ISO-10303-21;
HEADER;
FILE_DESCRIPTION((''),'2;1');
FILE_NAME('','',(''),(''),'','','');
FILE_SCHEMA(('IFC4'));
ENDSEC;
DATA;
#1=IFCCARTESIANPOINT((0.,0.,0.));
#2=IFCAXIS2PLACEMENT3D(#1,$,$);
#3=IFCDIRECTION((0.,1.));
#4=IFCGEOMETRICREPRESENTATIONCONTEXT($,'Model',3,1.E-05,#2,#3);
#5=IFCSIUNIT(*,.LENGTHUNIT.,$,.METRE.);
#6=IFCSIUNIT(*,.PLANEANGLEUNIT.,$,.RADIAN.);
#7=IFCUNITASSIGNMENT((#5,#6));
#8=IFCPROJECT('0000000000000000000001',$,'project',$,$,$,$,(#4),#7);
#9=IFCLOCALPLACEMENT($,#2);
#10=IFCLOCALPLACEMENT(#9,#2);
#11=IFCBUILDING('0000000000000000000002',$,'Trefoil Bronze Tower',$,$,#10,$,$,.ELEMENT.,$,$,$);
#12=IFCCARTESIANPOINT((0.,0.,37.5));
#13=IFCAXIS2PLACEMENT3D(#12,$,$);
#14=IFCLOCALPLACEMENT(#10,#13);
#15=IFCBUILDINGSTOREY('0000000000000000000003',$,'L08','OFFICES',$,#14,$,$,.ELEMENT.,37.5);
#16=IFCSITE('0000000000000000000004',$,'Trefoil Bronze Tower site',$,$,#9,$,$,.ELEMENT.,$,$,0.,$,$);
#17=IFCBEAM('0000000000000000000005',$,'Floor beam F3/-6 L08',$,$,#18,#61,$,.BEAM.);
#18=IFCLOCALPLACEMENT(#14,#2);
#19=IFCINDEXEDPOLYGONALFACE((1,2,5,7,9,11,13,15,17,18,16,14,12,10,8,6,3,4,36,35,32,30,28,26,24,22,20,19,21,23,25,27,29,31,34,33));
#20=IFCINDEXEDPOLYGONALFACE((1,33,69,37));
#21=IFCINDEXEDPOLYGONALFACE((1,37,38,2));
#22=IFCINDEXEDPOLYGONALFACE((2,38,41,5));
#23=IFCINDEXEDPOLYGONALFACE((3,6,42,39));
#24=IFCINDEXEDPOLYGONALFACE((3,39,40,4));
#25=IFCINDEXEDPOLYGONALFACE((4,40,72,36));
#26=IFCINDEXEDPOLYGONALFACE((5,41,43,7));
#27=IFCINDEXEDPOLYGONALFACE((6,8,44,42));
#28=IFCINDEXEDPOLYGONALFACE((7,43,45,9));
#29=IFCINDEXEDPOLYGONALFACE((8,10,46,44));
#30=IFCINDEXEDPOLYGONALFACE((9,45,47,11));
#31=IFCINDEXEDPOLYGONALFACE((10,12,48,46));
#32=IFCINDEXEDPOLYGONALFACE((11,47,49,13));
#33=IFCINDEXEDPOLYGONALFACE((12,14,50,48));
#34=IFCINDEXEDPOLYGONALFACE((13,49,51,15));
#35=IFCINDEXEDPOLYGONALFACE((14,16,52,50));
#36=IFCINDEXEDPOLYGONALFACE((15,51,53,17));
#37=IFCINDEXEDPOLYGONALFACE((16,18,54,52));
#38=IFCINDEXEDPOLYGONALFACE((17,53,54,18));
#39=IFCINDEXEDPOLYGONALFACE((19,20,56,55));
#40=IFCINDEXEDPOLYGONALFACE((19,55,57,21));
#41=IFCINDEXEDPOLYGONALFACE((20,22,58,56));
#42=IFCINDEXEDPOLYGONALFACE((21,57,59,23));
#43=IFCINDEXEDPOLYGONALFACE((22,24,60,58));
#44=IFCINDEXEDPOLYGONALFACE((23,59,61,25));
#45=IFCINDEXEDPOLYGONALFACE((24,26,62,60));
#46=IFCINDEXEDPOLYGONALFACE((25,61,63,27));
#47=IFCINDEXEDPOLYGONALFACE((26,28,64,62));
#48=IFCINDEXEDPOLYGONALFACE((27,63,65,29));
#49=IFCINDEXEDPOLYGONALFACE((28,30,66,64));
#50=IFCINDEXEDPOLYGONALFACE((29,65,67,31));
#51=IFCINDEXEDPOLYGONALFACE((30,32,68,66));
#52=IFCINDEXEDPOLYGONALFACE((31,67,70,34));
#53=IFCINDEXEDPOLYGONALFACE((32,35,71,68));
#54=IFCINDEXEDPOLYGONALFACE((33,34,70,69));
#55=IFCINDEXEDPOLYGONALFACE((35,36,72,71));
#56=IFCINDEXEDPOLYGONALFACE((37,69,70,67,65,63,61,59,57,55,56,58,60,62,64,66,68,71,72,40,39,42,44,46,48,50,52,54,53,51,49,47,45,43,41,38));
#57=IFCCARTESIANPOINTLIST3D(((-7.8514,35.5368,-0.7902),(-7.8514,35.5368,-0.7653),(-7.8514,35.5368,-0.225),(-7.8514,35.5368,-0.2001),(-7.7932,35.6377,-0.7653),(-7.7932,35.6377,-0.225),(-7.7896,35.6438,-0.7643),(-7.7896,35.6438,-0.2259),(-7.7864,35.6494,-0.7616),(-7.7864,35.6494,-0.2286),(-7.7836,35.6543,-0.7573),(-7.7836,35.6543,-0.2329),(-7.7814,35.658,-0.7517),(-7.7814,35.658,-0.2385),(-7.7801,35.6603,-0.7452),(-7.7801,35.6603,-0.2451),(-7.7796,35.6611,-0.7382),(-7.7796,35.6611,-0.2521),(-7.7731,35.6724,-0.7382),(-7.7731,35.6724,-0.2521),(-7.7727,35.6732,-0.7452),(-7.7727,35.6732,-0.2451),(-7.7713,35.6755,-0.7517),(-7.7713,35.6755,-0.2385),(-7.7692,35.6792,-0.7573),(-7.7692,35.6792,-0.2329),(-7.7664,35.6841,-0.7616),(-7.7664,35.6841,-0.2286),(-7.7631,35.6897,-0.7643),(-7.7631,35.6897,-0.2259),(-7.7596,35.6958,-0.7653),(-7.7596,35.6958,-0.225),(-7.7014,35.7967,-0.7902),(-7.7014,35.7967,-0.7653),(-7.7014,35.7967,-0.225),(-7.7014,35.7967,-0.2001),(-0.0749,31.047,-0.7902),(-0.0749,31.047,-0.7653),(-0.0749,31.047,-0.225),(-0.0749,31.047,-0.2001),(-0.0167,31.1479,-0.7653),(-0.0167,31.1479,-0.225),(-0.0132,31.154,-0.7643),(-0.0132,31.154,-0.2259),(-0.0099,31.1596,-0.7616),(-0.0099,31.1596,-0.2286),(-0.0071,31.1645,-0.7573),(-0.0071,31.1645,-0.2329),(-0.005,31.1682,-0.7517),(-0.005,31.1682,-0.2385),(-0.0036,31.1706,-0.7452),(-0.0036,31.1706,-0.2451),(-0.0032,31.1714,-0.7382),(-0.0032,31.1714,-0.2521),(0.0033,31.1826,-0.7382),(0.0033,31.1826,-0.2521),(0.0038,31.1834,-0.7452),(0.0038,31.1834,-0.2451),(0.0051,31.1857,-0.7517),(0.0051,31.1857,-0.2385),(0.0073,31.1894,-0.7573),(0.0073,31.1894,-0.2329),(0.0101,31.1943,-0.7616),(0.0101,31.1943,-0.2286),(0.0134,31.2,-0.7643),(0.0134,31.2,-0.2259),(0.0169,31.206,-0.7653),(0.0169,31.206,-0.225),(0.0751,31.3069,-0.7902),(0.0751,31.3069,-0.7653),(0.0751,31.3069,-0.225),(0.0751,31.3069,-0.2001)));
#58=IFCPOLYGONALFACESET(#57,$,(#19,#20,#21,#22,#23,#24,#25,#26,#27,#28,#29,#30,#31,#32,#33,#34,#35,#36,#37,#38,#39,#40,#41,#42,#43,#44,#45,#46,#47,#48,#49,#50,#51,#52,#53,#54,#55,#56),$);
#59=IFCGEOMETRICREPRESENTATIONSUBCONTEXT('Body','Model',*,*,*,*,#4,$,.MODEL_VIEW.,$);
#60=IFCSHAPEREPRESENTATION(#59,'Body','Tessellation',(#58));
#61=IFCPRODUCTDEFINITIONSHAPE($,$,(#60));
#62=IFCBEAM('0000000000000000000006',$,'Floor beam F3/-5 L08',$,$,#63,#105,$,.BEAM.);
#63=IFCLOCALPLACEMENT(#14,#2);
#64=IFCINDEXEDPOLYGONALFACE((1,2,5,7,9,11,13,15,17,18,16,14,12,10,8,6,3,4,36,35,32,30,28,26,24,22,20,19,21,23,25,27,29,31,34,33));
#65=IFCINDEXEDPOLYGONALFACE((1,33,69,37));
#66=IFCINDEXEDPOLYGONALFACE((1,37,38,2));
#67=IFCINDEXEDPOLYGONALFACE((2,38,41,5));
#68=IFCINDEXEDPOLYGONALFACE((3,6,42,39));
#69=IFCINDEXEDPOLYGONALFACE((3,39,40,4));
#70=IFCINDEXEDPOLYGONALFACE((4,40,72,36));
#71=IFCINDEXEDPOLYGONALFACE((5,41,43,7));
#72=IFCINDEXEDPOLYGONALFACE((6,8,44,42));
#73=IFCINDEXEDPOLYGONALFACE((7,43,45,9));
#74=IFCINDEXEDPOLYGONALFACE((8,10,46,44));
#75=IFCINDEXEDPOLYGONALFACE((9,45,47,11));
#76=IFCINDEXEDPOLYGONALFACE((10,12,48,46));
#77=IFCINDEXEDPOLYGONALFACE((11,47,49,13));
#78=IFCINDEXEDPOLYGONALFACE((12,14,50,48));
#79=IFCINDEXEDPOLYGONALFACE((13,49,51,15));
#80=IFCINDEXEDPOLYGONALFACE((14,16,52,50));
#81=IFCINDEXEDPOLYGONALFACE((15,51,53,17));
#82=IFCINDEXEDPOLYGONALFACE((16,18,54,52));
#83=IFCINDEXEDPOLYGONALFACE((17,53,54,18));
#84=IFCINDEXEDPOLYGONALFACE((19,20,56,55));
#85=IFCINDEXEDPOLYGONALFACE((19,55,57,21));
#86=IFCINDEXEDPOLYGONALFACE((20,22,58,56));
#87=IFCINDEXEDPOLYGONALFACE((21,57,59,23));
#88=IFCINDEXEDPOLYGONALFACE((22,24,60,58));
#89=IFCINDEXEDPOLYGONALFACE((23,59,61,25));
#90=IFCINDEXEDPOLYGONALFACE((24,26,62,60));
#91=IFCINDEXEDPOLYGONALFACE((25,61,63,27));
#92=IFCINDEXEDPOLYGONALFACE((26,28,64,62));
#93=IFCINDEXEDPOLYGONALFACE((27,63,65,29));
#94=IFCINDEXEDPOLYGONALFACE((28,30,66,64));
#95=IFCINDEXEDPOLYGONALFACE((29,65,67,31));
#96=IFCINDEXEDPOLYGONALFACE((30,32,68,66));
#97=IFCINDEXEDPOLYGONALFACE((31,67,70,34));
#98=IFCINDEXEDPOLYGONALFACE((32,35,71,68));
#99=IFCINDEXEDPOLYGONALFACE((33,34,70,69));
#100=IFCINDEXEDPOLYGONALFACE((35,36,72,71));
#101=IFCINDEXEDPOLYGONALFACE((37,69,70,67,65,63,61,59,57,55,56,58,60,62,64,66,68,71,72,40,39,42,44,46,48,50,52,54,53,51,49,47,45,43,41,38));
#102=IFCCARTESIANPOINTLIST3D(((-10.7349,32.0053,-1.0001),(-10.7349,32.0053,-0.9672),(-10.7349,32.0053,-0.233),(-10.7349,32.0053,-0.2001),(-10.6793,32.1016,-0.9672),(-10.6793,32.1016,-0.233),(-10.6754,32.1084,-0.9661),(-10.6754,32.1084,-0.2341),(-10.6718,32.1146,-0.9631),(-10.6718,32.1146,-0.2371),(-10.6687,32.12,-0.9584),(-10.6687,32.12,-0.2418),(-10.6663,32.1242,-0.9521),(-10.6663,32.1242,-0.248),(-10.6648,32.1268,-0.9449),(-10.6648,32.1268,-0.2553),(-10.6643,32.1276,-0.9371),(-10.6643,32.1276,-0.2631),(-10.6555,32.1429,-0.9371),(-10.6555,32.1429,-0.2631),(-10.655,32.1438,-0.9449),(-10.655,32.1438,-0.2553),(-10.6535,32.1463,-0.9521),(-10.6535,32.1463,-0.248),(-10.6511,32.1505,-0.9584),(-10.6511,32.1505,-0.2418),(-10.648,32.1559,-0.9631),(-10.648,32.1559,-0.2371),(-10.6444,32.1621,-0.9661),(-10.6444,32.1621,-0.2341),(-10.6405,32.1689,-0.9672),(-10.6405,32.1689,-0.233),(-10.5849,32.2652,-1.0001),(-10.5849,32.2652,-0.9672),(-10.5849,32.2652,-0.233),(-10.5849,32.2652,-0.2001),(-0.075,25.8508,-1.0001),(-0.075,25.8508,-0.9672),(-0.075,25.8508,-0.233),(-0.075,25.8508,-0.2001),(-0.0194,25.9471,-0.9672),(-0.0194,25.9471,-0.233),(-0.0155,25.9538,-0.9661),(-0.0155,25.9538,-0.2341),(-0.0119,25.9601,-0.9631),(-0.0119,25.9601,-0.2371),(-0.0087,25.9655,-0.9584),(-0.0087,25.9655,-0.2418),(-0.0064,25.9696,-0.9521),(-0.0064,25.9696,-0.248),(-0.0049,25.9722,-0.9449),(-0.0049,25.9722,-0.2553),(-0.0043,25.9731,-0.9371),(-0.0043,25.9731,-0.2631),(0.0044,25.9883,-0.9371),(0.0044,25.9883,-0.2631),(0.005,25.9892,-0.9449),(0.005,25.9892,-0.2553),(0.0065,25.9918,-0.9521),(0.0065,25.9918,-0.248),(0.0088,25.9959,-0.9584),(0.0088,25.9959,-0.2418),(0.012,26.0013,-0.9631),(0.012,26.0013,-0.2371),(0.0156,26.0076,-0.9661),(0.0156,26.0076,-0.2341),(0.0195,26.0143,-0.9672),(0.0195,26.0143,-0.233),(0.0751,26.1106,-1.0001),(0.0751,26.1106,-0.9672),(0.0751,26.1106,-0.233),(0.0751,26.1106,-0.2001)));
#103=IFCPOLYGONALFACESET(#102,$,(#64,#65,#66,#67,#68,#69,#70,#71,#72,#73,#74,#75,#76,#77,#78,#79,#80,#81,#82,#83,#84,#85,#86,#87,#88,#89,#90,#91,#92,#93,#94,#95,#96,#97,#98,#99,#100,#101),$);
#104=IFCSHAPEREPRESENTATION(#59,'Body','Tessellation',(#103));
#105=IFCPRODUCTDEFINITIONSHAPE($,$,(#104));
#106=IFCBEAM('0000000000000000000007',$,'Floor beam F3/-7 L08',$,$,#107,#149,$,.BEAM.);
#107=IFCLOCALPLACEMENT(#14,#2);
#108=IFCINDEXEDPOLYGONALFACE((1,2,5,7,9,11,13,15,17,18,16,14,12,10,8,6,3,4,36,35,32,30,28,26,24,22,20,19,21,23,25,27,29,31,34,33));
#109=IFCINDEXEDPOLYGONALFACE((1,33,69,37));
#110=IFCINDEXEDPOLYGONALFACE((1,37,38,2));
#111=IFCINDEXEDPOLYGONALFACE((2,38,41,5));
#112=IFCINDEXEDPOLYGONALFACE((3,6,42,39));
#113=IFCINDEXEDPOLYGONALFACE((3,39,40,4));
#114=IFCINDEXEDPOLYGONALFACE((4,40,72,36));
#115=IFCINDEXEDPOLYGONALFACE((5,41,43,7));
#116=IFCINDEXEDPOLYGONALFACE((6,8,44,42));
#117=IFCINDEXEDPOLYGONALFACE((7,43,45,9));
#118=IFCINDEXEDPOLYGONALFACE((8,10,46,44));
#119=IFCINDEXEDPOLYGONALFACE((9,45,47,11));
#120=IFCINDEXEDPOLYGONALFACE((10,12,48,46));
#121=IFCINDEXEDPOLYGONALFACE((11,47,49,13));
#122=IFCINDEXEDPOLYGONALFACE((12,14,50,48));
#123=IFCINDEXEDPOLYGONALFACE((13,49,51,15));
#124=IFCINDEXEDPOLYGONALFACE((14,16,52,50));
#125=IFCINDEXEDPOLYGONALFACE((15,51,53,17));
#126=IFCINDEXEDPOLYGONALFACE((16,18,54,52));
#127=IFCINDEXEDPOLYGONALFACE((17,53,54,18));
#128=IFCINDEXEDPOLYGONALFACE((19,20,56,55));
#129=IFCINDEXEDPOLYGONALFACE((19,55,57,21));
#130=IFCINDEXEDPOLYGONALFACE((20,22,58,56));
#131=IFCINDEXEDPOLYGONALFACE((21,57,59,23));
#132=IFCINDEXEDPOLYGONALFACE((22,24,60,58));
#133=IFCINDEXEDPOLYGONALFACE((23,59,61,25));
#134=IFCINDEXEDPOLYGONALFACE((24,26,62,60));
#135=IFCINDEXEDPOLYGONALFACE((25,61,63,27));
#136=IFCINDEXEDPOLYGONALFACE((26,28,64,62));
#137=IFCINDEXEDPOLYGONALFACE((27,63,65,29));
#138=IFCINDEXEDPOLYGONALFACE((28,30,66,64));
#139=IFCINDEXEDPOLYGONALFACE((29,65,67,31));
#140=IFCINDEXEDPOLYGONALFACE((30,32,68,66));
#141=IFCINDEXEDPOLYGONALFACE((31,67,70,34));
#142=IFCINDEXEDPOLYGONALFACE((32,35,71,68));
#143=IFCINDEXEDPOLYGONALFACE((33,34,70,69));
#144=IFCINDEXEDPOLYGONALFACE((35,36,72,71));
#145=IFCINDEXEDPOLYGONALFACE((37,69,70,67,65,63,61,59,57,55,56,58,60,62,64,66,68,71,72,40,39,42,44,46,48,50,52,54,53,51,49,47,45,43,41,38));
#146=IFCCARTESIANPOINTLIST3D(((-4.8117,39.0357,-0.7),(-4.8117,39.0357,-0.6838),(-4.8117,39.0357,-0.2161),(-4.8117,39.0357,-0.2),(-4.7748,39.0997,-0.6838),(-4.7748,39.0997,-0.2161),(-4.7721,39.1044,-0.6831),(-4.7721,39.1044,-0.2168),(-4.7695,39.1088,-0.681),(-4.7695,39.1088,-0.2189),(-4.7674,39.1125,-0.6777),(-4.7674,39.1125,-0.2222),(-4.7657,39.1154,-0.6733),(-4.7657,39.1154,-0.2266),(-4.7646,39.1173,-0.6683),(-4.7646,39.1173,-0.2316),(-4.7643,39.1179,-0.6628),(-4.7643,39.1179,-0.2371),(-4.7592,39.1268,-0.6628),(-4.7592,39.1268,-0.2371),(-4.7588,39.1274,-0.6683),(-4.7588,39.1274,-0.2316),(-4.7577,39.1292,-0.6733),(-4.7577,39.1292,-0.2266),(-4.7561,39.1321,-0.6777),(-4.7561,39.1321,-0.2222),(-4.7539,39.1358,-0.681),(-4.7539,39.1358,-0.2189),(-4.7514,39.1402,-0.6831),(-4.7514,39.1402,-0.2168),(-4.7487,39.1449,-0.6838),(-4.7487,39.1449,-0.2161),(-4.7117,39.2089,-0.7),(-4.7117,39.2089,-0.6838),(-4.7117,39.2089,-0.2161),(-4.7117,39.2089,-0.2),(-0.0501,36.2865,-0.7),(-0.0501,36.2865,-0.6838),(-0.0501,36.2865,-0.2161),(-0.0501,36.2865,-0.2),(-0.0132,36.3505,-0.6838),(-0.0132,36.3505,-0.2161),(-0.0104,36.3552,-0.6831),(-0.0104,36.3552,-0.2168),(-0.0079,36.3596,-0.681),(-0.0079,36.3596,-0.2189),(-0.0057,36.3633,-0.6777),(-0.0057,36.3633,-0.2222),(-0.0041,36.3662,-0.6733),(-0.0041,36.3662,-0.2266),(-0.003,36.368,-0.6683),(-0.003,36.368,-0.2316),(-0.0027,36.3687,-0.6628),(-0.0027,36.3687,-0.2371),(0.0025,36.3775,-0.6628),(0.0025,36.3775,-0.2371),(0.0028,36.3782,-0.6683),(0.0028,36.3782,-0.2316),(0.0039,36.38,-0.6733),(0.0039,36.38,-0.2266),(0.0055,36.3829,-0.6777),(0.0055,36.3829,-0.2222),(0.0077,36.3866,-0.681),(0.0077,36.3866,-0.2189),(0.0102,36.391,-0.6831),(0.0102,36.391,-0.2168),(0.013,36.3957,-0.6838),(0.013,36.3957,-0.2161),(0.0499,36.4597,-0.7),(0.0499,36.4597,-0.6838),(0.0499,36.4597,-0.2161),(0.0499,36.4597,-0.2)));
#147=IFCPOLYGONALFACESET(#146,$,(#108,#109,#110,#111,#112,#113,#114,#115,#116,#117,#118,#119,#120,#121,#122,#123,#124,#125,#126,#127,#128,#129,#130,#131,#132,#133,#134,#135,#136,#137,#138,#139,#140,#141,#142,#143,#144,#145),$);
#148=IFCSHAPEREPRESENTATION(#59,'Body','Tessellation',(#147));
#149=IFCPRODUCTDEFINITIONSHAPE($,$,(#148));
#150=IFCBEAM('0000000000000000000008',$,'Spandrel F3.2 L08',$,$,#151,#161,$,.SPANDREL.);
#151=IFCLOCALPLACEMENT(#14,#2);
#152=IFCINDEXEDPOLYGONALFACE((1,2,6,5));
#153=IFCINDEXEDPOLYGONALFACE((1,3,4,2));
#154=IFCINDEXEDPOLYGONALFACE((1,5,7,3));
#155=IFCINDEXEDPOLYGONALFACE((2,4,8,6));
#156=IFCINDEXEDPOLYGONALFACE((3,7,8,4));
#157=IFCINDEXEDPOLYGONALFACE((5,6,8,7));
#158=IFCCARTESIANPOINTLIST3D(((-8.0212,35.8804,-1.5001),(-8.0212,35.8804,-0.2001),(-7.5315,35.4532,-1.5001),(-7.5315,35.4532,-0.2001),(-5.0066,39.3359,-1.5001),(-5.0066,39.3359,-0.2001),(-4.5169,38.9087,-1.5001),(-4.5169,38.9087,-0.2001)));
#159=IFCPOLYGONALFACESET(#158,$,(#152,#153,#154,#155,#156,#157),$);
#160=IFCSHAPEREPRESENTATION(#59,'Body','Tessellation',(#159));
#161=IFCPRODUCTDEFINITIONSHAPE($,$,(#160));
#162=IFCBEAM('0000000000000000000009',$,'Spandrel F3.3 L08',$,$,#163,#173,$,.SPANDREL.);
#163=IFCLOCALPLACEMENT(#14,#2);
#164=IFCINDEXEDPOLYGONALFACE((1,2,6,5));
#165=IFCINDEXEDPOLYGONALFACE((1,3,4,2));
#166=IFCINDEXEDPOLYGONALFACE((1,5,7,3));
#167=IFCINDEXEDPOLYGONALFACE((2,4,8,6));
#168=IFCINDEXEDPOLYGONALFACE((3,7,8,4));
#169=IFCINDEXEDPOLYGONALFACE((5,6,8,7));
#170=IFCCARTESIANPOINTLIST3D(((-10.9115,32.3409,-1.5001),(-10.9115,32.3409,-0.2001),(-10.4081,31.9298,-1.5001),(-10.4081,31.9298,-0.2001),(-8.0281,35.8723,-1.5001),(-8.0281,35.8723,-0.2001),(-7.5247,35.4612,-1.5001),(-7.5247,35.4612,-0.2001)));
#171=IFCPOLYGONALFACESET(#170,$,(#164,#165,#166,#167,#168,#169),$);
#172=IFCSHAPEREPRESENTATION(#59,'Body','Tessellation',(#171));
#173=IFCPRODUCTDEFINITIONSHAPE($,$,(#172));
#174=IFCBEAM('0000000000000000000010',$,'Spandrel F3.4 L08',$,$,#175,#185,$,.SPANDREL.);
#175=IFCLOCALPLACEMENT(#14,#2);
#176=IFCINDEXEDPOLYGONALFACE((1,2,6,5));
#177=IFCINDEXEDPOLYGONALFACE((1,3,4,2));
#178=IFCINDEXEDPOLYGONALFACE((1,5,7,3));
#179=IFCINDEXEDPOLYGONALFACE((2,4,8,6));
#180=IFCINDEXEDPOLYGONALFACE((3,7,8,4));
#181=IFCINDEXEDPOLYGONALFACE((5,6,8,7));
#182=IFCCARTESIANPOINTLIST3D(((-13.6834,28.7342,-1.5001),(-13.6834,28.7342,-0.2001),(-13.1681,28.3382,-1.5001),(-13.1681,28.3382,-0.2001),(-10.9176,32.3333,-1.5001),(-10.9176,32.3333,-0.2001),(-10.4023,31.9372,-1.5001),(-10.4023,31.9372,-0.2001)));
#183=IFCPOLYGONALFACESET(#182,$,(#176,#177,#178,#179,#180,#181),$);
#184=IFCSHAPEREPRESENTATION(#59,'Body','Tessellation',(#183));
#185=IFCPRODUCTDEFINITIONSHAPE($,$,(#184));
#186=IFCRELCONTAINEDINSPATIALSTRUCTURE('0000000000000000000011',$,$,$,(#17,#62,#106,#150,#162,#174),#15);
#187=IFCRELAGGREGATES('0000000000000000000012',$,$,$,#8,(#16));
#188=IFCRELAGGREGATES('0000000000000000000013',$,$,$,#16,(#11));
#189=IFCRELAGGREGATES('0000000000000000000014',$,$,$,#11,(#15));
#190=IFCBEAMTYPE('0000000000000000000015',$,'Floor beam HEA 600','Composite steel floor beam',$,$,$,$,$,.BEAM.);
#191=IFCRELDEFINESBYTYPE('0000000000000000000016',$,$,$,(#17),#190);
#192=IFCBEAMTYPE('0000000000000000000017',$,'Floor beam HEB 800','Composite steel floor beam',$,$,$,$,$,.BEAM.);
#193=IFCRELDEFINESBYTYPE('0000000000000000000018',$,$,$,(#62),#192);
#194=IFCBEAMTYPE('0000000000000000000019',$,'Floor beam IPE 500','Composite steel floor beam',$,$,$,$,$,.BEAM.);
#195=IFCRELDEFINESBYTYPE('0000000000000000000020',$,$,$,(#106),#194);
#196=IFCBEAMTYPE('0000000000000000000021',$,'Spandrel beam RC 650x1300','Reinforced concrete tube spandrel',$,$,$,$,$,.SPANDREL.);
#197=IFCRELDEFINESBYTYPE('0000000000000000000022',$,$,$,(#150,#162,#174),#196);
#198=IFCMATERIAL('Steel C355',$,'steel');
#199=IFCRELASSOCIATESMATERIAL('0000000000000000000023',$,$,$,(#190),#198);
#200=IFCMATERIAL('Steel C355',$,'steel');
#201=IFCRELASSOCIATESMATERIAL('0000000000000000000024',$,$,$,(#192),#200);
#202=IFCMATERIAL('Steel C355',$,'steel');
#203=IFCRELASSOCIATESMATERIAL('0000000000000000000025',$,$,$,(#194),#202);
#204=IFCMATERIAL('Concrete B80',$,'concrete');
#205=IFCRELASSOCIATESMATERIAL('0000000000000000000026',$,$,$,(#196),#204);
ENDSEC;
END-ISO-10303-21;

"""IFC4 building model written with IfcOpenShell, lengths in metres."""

from ifc_helpers import new_model, si_unit, direction, frame, origin, origin_2d, place, context, subcontext, project, spatial, rectangle, i_section, extrude, material, material_profile, profile_set, type_object, element, save


model = new_model("IFC4")

# Units and contexts
model_context = context("Model", 3, precision=1e-05, world=origin(), true_north=direction((0.0, 1.0)))
body_context = subcontext(model_context, "Body", "Model", "MODEL_VIEW")
ifc_project = project(units=[si_unit("LENGTHUNIT", "METRE"), si_unit("PLANEANGLEUNIT", "RADIAN")], contexts=[model_context])

# Site, building, storey
site_placement = place(None, origin())
site = spatial("IfcSite", under=ifc_project, at=site_placement, Name="Trefoil Bronze Tower site", CompositionType="ELEMENT", RefElevation=0.0)
building_placement = place(site_placement, origin())
building = spatial("IfcBuilding", under=site, at=building_placement, Name="Trefoil Bronze Tower", CompositionType="ELEMENT")
storey_placement = place(building_placement, frame((0.0, 0.0, 37.5)))
storey = spatial("IfcBuildingStorey", under=building, at=storey_placement, Name="L08", Description="OFFICES", CompositionType="ELEMENT", Elevation=37.5)

# Beams
ifc_material_1 = material(Name="Steel C355", Category="steel")
ifc_material_profile_1 = material_profile(ifc_material_1, i_section(OverallWidth=0.3, OverallDepth=0.5901, WebThickness=0.0129, FlangeThickness=0.0249, FilletRadius=0.0271, at=origin_2d()), Name="HEA 600")
ifc_profile_set_1 = profile_set([ifc_material_profile_1], Name="Steel C355")
beam_type_1 = type_object("IfcBeamType", Name="Floor beam HEA 600", Description="Composite steel floor beam", PredefinedType="BEAM", material=ifc_profile_set_1)
beam_1_placement = place(storey_placement, frame((-7.7764, 35.6667, -0.4951), z_axis=(0.866023, -0.500005, 0.0), x_axis=(0.500005, 0.866023, 0.0)))
element("IfcBeam", 1, at=beam_1_placement, inside=storey, type_object=beam_type_1, Name="Floor beam F3/-6 L08", PredefinedType="BEAM", context=body_context, shape_type="SweptSolid", body=[
    extrude(i_section(OverallWidth=0.3, OverallDepth=0.5901, WebThickness=0.0129, FlangeThickness=0.0249, FilletRadius=0.0271, at=origin_2d()), origin(), (0.0, 0.0, 1.0), 8.9795),
])
ifc_material_2 = material(Name="Steel C355", Category="steel")
ifc_material_profile_2 = material_profile(ifc_material_2, i_section(OverallWidth=0.3, OverallDepth=0.8, WebThickness=0.0176, FlangeThickness=0.033, FilletRadius=0.03, at=origin_2d()), Name="HEB 800")
ifc_profile_set_2 = profile_set([ifc_material_profile_2], Name="Steel C355")
beam_type_2 = type_object("IfcBeamType", Name="Floor beam HEB 800", Description="Composite steel floor beam", PredefinedType="BEAM", material=ifc_profile_set_2)
beam_2_placement = place(storey_placement, frame((-10.6599, 32.1353, -0.6001), z_axis=(0.866024, -0.500002, 0.0), x_axis=(0.500002, 0.866024, 0.0)))
element("IfcBeam", 2, at=beam_2_placement, inside=storey, type_object=beam_type_2, Name="Floor beam F3/-5 L08", PredefinedType="BEAM", context=body_context, shape_type="SweptSolid", body=[
    extrude(i_section(OverallWidth=0.3, OverallDepth=0.8, WebThickness=0.0176, FlangeThickness=0.033, FilletRadius=0.03, at=origin_2d()), origin(), (0.0, 0.0, 1.0), 12.3091),
])
ifc_material_3 = material(Name="Steel C355", Category="steel")
ifc_material_profile_3 = material_profile(ifc_material_3, i_section(OverallWidth=0.2, OverallDepth=0.5, WebThickness=0.0103, FlangeThickness=0.0161, FilletRadius=0.021, at=origin_2d()), Name="IPE 500")
ifc_profile_set_3 = profile_set([ifc_material_profile_3], Name="Steel C355")
beam_type_3 = type_object("IfcBeamType", Name="Floor beam IPE 500", Description="Composite steel floor beam", PredefinedType="BEAM", material=ifc_profile_set_3)
beam_3_placement = place(storey_placement, frame((-4.7617, 39.1223, -0.45), z_axis=(0.866018, -0.500012, 0.0), x_axis=(0.500012, 0.866018, 0.0)))
element("IfcBeam", 3, at=beam_3_placement, inside=storey, type_object=beam_type_3, Name="Floor beam F3/-7 L08", PredefinedType="BEAM", context=body_context, shape_type="SweptSolid", body=[
    extrude(i_section(OverallWidth=0.2, OverallDepth=0.5, WebThickness=0.0103, FlangeThickness=0.0161, FilletRadius=0.021, at=origin_2d()), origin(), (0.0, 0.0, 1.0), 5.4983),
])
ifc_material_4 = material(Name="Concrete B80", Category="concrete")
ifc_material_profile_4 = material_profile(ifc_material_4, rectangle(XDim=0.6499, YDim=1.3, at=origin_2d()), Name="RC 650x1300")
ifc_profile_set_4 = profile_set([ifc_material_profile_4], Name="Concrete B80")
beam_type_4 = type_object("IfcBeamType", Name="Spandrel beam RC 650x1300", Description="Reinforced concrete tube spandrel", PredefinedType="SPANDREL", material=ifc_profile_set_4)
beam_4_placement = place(storey_placement, frame((-4.7617, 39.1223, -0.8501), z_axis=(-0.657396, -0.753545, 0.0), x_axis=(0.753545, -0.657396, 0.0)))
element("IfcBeam", 4, at=beam_4_placement, inside=storey, type_object=beam_type_4, Name="Spandrel F3.2 L08", PredefinedType="SPANDREL", context=body_context, shape_type="SweptSolid", body=[
    extrude(rectangle(XDim=0.6499, YDim=1.3, at=origin_2d()), origin(), (0.0, 0.0, 1.0), 4.5857),
])
beam_5_placement = place(storey_placement, frame((-7.7764, 35.6667, -0.8501), z_axis=(-0.632468, -0.774587, 0.0), x_axis=(0.774587, -0.632468, 0.0)))
element("IfcBeam", 5, at=beam_5_placement, inside=storey, type_object=beam_type_4, Name="Spandrel F3.3 L08", PredefinedType="SPANDREL", context=body_context, shape_type="SweptSolid", body=[
    extrude(rectangle(XDim=0.6499, YDim=1.3, at=origin_2d()), origin(), (0.0, 0.0, 1.0), 4.5591),
])
beam_6_placement = place(storey_placement, frame((-10.6599, 32.1353, -0.8501), z_axis=(-0.609339, -0.79291, 0.0), x_axis=(0.79291, -0.609339, 0.0)))
element("IfcBeam", 6, at=beam_6_placement, inside=storey, type_object=beam_type_4, Name="Spandrel F3.4 L08", PredefinedType="SPANDREL", context=body_context, shape_type="SweptSolid", body=[
    extrude(rectangle(XDim=0.6499, YDim=1.3, at=origin_2d()), origin(), (0.0, 0.0, 1.0), 4.5391),
])

save(model, "model.ifc")
